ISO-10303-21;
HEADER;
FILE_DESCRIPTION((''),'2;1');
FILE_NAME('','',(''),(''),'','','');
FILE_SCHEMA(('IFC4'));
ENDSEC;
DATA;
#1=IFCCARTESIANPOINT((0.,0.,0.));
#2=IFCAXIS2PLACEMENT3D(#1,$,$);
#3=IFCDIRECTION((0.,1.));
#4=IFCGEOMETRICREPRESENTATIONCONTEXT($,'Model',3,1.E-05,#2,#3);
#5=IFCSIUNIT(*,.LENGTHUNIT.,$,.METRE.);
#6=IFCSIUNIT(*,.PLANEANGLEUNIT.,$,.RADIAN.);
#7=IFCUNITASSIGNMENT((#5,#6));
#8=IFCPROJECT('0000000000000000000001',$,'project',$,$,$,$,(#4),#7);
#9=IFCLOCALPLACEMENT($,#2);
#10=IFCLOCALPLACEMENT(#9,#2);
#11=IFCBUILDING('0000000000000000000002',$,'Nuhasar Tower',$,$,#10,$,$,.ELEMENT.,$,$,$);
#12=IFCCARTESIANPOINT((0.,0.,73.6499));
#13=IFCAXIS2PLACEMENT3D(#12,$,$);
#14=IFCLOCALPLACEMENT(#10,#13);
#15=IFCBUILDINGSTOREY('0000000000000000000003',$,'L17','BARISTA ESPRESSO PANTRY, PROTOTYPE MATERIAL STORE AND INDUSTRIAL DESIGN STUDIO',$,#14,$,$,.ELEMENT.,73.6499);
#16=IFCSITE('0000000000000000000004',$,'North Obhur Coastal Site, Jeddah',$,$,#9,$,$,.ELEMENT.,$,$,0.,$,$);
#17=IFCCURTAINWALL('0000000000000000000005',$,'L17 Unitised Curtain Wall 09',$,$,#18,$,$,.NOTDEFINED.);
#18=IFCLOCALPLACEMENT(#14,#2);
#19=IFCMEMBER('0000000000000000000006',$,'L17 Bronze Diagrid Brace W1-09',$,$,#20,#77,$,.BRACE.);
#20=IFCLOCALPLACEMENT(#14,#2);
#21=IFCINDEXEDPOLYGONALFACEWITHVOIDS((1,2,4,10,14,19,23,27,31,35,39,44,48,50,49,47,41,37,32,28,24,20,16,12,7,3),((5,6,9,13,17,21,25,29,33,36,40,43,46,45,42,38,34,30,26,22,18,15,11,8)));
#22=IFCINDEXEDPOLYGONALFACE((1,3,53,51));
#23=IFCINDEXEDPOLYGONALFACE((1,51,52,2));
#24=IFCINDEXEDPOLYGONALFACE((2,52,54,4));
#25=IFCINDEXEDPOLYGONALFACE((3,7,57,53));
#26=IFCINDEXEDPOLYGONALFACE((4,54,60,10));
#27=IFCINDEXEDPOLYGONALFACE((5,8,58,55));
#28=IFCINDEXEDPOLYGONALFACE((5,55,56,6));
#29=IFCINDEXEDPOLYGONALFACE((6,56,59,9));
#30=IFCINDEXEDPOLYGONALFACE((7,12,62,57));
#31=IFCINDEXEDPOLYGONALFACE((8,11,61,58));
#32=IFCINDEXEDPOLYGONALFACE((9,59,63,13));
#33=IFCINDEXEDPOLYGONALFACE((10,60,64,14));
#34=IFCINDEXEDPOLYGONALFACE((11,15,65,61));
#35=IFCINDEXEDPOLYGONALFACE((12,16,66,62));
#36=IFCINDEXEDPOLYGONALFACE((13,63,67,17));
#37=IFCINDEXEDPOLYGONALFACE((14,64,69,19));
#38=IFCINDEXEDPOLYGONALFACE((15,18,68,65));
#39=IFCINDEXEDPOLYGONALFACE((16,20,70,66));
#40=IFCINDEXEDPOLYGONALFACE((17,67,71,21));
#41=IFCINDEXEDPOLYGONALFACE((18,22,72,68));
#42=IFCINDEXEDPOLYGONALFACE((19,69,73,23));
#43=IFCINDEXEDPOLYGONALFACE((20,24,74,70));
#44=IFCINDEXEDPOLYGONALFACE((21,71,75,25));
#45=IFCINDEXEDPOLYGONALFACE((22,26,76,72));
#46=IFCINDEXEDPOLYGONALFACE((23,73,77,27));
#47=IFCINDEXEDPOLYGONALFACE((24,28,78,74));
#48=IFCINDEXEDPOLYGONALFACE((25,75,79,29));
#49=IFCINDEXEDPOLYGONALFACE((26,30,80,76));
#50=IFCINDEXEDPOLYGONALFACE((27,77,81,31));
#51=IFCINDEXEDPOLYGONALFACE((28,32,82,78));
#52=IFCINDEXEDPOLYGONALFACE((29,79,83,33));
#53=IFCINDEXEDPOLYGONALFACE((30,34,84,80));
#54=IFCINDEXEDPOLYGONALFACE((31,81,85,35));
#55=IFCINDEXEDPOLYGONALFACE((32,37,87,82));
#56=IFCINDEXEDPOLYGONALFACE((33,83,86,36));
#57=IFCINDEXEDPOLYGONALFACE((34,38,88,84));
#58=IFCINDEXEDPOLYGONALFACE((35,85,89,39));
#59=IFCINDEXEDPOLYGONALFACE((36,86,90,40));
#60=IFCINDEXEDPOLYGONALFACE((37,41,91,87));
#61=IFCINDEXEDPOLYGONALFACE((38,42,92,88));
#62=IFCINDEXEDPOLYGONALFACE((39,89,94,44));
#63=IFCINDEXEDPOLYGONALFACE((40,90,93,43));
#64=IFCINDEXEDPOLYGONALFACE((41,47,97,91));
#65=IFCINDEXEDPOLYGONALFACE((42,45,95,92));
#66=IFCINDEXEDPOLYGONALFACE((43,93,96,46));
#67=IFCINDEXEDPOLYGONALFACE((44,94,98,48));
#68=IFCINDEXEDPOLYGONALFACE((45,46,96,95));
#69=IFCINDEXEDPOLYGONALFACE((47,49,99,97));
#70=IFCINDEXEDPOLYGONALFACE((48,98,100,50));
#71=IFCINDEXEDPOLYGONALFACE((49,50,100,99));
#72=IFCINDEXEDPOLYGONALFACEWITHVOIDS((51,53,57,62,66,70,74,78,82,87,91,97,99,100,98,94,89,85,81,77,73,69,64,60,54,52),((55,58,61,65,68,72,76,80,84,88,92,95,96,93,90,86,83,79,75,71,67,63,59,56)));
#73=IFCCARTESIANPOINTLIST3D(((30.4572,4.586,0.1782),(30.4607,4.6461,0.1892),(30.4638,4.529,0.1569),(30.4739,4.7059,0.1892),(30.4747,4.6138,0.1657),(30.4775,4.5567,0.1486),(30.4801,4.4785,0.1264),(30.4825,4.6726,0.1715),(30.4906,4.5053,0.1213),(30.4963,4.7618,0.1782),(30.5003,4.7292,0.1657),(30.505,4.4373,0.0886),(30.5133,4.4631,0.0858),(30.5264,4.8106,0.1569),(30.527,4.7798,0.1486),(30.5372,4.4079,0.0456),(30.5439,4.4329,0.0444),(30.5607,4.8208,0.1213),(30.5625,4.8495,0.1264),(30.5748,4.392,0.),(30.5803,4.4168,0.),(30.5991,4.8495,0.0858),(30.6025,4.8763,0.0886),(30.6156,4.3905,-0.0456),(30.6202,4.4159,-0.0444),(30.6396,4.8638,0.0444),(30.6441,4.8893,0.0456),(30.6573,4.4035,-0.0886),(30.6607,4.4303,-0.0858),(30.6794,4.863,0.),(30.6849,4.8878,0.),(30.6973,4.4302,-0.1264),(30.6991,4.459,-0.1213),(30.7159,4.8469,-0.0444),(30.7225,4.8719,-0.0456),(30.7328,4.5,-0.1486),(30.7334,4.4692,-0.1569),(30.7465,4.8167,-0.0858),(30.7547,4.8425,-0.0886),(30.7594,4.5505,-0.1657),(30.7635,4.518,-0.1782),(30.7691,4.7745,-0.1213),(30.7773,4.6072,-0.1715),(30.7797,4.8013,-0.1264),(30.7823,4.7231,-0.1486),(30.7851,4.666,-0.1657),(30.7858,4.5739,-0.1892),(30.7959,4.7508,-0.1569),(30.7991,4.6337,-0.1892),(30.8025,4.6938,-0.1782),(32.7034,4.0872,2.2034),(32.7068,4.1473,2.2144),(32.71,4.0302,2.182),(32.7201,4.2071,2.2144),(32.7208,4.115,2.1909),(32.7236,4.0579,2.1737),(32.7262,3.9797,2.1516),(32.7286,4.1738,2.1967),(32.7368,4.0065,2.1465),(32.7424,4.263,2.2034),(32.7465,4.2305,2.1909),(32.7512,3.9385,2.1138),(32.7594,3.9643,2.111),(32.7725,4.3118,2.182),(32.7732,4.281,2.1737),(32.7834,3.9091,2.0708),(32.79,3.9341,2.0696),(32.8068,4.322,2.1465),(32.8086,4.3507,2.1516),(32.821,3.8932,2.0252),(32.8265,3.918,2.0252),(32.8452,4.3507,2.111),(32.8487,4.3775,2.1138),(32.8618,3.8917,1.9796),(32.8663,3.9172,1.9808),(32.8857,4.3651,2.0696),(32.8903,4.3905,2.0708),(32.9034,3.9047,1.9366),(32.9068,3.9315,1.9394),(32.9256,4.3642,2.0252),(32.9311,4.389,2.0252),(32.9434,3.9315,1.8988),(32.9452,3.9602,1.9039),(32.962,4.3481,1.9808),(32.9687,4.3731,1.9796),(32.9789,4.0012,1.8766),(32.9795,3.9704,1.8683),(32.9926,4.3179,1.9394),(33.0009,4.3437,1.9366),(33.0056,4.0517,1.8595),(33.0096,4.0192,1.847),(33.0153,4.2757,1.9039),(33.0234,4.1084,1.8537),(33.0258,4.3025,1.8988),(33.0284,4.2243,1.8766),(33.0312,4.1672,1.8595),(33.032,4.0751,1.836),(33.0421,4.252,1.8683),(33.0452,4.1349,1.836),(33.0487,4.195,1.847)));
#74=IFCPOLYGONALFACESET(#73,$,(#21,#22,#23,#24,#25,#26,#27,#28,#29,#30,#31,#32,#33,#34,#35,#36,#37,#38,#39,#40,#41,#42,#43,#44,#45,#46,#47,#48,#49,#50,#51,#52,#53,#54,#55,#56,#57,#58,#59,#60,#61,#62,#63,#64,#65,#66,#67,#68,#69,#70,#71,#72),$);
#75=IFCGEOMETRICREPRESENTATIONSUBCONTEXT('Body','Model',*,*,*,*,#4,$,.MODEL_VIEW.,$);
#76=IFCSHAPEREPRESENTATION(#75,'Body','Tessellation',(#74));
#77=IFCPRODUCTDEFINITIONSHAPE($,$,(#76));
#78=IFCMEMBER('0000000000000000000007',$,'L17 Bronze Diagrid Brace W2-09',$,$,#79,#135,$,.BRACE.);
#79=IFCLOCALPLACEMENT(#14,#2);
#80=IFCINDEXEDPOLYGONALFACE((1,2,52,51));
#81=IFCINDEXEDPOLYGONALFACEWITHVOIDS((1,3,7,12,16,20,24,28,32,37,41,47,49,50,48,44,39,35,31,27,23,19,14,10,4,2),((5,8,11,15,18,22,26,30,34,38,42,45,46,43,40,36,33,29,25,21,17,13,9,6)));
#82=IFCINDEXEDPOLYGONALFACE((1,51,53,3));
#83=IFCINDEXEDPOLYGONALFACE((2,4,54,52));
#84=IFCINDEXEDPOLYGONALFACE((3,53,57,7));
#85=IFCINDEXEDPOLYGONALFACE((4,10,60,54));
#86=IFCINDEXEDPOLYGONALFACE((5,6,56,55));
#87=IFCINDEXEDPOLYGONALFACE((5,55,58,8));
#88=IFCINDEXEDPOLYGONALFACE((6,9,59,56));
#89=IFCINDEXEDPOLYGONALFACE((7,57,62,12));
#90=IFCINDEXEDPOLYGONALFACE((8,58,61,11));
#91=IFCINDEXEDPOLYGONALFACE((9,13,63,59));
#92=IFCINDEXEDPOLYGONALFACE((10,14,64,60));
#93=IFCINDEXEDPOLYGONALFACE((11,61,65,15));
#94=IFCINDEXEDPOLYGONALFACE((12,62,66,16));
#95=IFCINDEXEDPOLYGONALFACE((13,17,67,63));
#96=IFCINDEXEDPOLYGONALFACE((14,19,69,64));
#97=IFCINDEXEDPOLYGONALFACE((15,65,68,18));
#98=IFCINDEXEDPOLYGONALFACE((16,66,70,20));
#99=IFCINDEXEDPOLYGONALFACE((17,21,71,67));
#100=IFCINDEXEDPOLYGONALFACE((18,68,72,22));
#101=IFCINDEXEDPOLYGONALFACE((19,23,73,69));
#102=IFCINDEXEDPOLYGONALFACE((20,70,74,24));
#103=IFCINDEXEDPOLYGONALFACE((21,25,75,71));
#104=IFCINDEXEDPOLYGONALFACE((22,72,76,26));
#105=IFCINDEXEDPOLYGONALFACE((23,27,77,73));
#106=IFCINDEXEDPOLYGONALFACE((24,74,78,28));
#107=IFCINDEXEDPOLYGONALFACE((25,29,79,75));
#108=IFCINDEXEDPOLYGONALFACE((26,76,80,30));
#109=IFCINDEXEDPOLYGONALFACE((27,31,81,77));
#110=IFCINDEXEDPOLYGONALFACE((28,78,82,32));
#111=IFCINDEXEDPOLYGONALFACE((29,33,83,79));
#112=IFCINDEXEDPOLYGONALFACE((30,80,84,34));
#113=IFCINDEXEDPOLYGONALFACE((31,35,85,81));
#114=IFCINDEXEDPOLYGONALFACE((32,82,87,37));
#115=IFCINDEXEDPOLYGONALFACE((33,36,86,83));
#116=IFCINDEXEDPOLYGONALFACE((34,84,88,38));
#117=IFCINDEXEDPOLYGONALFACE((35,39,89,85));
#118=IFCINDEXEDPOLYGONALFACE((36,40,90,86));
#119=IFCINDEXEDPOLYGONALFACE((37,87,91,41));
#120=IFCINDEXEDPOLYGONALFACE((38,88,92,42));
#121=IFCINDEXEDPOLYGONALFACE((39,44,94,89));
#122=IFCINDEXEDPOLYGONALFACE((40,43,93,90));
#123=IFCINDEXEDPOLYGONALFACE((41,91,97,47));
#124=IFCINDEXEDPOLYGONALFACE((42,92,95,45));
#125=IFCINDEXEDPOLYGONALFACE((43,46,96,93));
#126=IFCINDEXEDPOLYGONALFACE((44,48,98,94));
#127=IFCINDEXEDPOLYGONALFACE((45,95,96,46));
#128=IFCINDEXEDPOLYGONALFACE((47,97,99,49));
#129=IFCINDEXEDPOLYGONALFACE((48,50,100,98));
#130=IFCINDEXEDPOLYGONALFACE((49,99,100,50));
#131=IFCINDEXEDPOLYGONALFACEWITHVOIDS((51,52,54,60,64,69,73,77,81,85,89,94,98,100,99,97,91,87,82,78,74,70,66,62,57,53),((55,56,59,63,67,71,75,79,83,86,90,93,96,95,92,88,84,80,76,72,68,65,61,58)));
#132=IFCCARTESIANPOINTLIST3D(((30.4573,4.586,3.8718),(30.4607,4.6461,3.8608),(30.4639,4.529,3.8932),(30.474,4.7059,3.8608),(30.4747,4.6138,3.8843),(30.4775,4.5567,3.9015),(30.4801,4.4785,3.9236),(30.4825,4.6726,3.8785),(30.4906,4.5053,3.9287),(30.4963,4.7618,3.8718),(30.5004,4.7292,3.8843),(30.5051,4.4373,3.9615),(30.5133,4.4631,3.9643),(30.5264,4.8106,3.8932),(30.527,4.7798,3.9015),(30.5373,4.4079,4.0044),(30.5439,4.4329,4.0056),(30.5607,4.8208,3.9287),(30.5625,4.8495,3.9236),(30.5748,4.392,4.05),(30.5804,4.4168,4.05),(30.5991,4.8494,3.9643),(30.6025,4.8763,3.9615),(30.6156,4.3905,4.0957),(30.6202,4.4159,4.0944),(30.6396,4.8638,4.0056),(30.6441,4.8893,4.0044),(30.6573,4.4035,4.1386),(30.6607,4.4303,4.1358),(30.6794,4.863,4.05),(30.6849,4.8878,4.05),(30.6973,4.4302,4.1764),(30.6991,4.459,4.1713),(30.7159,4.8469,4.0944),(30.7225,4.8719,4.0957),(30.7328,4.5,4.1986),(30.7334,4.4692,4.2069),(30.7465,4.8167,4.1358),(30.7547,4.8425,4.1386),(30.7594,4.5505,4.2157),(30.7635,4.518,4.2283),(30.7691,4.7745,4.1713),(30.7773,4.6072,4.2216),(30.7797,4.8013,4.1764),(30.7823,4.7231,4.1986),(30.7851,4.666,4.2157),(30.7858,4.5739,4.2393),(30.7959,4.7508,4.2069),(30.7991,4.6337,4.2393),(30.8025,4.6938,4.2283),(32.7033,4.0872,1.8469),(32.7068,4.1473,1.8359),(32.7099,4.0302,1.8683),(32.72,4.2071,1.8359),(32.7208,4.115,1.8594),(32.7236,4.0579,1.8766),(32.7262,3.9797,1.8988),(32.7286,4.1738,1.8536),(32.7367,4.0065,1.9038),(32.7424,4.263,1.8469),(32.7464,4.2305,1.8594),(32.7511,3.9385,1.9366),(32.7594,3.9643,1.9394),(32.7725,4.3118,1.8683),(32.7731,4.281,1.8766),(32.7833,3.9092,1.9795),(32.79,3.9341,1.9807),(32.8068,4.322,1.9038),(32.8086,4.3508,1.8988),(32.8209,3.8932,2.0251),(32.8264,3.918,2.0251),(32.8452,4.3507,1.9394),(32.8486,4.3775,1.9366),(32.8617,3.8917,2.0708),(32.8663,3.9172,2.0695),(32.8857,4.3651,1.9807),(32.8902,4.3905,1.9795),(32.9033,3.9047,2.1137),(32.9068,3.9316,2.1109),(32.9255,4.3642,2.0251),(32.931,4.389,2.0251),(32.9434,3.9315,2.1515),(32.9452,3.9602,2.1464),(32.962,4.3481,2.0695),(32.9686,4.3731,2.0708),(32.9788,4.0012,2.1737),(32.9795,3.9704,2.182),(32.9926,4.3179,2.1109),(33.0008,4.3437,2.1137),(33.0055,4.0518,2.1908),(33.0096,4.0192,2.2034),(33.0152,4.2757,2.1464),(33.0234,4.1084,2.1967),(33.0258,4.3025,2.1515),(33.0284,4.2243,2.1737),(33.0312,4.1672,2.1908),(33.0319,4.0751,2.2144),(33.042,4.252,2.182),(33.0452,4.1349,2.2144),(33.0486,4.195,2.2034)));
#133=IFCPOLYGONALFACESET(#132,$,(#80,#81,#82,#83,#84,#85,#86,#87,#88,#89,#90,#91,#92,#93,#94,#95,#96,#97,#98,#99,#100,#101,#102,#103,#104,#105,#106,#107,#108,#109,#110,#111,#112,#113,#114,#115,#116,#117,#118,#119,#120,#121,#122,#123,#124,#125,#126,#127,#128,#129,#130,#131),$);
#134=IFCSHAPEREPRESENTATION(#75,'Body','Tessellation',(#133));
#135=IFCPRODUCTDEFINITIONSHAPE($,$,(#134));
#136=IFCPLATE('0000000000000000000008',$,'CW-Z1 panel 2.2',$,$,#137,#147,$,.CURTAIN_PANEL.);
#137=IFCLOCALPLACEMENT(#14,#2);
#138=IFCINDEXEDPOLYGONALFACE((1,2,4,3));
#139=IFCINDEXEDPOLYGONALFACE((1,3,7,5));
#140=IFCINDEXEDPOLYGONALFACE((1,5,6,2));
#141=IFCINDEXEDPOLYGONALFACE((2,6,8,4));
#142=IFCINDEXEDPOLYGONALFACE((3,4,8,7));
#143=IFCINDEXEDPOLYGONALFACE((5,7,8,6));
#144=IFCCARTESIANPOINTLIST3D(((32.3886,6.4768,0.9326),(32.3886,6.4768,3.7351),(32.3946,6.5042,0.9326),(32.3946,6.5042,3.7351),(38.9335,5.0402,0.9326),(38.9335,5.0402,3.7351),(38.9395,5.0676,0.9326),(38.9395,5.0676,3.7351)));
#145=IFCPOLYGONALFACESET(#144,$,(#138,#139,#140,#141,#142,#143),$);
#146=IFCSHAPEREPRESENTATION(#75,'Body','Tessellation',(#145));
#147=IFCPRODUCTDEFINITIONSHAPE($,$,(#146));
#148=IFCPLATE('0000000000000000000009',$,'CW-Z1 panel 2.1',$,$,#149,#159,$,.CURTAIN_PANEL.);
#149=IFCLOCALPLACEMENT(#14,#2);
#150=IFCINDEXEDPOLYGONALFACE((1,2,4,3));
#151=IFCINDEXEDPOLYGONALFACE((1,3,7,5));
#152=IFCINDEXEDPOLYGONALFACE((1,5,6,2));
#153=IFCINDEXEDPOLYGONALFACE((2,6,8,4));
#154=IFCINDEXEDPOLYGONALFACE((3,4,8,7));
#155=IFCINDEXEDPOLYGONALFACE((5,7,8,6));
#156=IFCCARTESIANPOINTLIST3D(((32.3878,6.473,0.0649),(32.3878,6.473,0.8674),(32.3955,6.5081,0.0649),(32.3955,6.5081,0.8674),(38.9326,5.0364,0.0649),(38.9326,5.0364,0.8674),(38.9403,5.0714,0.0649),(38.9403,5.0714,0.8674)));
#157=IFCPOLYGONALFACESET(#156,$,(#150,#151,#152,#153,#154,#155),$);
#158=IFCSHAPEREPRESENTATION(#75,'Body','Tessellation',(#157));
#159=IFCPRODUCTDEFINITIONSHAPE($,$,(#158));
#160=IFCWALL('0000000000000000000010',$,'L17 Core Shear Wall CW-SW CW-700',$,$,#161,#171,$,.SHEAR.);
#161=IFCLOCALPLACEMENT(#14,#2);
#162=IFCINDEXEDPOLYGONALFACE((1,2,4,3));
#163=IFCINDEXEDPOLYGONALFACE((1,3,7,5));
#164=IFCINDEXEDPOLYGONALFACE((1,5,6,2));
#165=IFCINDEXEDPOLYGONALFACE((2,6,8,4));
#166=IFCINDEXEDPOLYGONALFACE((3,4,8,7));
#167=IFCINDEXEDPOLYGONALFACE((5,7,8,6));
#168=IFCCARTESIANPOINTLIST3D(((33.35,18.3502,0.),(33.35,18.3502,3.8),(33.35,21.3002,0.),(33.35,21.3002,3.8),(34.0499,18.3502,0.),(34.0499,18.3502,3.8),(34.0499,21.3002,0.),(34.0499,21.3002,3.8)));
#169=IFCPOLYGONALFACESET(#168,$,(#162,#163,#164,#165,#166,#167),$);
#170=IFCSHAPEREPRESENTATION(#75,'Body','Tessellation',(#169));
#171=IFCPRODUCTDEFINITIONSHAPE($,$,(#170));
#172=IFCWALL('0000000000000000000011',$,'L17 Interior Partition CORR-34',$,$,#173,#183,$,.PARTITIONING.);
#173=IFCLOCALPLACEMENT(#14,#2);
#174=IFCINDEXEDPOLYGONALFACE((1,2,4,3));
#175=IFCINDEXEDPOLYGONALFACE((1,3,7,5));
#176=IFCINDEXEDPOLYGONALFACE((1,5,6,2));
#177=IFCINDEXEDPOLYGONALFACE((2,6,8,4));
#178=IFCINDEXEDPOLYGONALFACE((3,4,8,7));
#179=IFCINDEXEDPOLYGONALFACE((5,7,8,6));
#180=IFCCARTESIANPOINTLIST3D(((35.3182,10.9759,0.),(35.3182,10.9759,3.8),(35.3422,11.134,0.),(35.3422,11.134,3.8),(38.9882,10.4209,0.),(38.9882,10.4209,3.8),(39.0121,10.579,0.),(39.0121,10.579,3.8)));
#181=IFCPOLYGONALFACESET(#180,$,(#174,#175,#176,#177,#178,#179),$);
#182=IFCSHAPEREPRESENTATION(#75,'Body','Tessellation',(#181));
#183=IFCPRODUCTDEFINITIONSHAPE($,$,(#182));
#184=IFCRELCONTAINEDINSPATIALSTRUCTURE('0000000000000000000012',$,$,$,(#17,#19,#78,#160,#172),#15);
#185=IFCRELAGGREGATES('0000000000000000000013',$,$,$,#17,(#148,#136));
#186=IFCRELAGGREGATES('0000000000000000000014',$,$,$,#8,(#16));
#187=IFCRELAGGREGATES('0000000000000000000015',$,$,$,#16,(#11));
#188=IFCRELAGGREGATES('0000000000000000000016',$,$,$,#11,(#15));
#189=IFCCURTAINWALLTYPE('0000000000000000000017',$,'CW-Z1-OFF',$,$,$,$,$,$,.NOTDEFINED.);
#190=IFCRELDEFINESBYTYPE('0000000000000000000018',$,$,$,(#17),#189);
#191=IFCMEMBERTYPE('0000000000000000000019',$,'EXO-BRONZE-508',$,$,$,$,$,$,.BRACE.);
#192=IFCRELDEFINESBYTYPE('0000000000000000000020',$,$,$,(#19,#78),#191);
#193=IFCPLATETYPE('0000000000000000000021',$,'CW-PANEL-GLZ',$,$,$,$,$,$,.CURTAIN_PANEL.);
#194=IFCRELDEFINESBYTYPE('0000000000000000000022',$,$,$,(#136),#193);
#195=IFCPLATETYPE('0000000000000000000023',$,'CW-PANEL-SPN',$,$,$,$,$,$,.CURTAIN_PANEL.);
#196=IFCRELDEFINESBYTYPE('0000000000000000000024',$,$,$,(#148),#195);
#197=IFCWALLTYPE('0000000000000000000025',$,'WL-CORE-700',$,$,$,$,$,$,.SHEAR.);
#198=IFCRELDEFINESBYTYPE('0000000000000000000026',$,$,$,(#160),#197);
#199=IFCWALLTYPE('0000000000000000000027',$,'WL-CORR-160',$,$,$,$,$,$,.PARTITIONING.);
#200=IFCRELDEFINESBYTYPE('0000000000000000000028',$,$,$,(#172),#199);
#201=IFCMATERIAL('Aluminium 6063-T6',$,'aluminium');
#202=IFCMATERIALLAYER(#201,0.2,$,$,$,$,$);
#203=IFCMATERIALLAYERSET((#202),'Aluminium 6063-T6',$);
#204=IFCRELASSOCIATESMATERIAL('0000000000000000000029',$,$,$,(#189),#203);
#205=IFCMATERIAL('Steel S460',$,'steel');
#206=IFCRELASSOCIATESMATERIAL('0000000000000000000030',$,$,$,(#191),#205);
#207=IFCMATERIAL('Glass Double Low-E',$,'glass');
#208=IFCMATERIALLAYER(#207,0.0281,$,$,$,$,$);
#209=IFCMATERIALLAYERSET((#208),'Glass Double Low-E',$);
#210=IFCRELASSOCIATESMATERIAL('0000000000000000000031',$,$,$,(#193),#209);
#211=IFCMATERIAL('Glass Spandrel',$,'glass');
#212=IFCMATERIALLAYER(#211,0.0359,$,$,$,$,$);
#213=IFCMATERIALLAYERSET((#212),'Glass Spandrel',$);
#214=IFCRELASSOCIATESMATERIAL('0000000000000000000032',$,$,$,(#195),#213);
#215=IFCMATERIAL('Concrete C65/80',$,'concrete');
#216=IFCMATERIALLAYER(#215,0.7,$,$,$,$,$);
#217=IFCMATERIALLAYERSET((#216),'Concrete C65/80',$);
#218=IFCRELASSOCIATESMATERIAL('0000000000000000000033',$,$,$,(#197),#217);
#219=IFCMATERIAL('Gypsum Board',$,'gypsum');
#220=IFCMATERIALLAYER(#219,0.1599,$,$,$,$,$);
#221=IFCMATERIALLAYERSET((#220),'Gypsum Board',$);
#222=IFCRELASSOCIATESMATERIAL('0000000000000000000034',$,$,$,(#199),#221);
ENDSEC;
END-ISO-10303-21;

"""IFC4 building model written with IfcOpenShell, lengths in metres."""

from ifc_helpers import new_model, si_unit, direction, frame, frame_2d, origin, origin_2d, place, context, subcontext, project, spatial, rectangle, hollow_circle, extrude, material, layer, layer_set, material_profile, profile_set, type_object, element, aggregate, save


model = new_model("IFC4")

# Units and contexts
model_context = context("Model", 3, precision=1e-05, world=origin(), true_north=direction((0.0, 1.0)))
body_context = subcontext(model_context, "Body", "Model", "MODEL_VIEW")
ifc_project = project(units=[si_unit("LENGTHUNIT", "METRE"), si_unit("PLANEANGLEUNIT", "RADIAN")], contexts=[model_context])

# Site, building, storey
site_placement = place(None, origin())
site = spatial("IfcSite", under=ifc_project, at=site_placement, Name="North Obhur Coastal Site, Jeddah", CompositionType="ELEMENT", RefElevation=0.0)
building_placement = place(site_placement, origin())
building = spatial("IfcBuilding", under=site, at=building_placement, Name="Nuhasar Tower", CompositionType="ELEMENT")
storey_placement = place(building_placement, frame((0.0, 0.0, 73.6499)))
storey = spatial("IfcBuildingStorey", under=building, at=storey_placement, Name="L17", Description="BARISTA ESPRESSO PANTRY, PROTOTYPE MATERIAL STORE AND INDUSTRIAL DESIGN STUDIO", CompositionType="ELEMENT", Elevation=73.6499)

# Curtain wall
ifc_material_1 = material(Name="Aluminium 6063-T6", Category="aluminium")
ifc_layer_1 = layer(ifc_material_1, 0.2)
ifc_layer_set_1 = layer_set([ifc_layer_1], Name="Aluminium 6063-T6")
curtain_wall_type = type_object("IfcCurtainWallType", Name="CW-Z1-OFF", PredefinedType="NOTDEFINED", material=ifc_layer_set_1)
curtain_wall_placement = place(storey_placement, origin())
curtain_wall = element("IfcCurtainWall", 1, at=curtain_wall_placement, inside=storey, type_object=curtain_wall_type, Name="L17 Unitised Curtain Wall 09", PredefinedType="NOTDEFINED")

# Members
ifc_material_2 = material(Name="Steel S460", Category="steel")
ifc_material_profile_1 = material_profile(ifc_material_2, hollow_circle(Radius=0.2539, WallThickness=0.0254, at=origin_2d()), Name="HSS508X25.4")
ifc_profile_set_1 = profile_set([ifc_material_profile_1], Name="Steel S460")
member_type_1 = type_object("IfcMemberType", Name="EXO-BRONZE-508", PredefinedType="BRACE", material=ifc_profile_set_1)
member_1_placement = place(storey_placement, frame((30.6299, 4.6399, 0.0), z_axis=(0.732792, -0.162728, 0.660708), x_axis=(0.216784, 0.97622, 0.0)))
element("IfcMember", 2, at=member_1_placement, inside=storey, type_object=member_type_1, Name="L17 Bronze Diagrid Brace W1-09", PredefinedType="BRACE", context=body_context, shape_type="SweptSolid", body=[
    extrude(hollow_circle(Radius=0.2539, WallThickness=0.0254, at=origin_2d()), origin(), (0.0, 0.0, 1.0), 3.0652),
])
member_2_placement = place(storey_placement, frame((32.876, 4.1411, 2.0251), z_axis=(-0.732831, 0.162736, 0.660663), x_axis=(-0.216784, -0.97622, 0.0)))
element("IfcMember", 3, at=member_2_placement, inside=storey, type_object=member_type_1, Name="L17 Bronze Diagrid Brace W2-09", PredefinedType="BRACE", context=body_context, shape_type="SweptSolid", body=[
    extrude(hollow_circle(Radius=0.2539, WallThickness=0.0254, at=origin_2d()), origin(), (0.0, 0.0, 1.0), 3.0649),
])

# Plates
ifc_material_3 = material(Name="Glass Double Low-E", Category="glass")
ifc_layer_2 = layer(ifc_material_3, 0.0281)
ifc_layer_set_2 = layer_set([ifc_layer_2], Name="Glass Double Low-E")
plate_type_1 = type_object("IfcPlateType", Name="CW-PANEL-GLZ", PredefinedType="CURTAIN_PANEL", material=ifc_layer_set_2)
plate_1_placement = place(storey_placement, frame((35.6641, 5.7722, 0.9326), z_axis=(0.0, 0.0, 1.0), x_axis=(0.976746, -0.214399, 0.0)))
plate_1 = element("IfcPlate", 4, at=plate_1_placement, type_object=plate_type_1, Name="CW-Z1 panel 2.2", PredefinedType="CURTAIN_PANEL", context=body_context, shape_type="SweptSolid", body=[
    extrude(rectangle(XDim=6.7007, YDim=0.0281, at=origin_2d()), origin(), (0.0, 0.0, 1.0), 2.8025),
])
ifc_material_4 = material(Name="Glass Spandrel", Category="glass")
ifc_layer_3 = layer(ifc_material_4, 0.0359)
ifc_layer_set_3 = layer_set([ifc_layer_3], Name="Glass Spandrel")
plate_type_2 = type_object("IfcPlateType", Name="CW-PANEL-SPN", PredefinedType="CURTAIN_PANEL", material=ifc_layer_set_3)
plate_2_placement = place(storey_placement, frame((35.6641, 5.7722, 0.0649), z_axis=(0.0, 0.0, 1.0), x_axis=(0.976746, -0.214399, 0.0)))
plate_2 = element("IfcPlate", 5, at=plate_2_placement, type_object=plate_type_2, Name="CW-Z1 panel 2.1", PredefinedType="CURTAIN_PANEL", context=body_context, shape_type="SweptSolid", body=[
    extrude(rectangle(XDim=6.7007, YDim=0.0359, at=origin_2d()), origin(), (0.0, 0.0, 1.0), 0.8025),
])
aggregate(curtain_wall, [plate_2, plate_1])

# Walls
ifc_material_5 = material(Name="Concrete C65/80", Category="concrete")
ifc_layer_4 = layer(ifc_material_5, 0.7)
ifc_layer_set_4 = layer_set([ifc_layer_4], Name="Concrete C65/80")
wall_type_1 = type_object("IfcWallType", Name="WL-CORE-700", PredefinedType="SHEAR", material=ifc_layer_set_4)
wall_1_placement = place(storey_placement, frame((33.7, 18.3501, 0.0), z_axis=(0.0, 0.0, 1.0), x_axis=(0.0, 1.0, 0.0)))
element("IfcWall", 6, at=wall_1_placement, inside=storey, type_object=wall_type_1, Name="L17 Core Shear Wall CW-SW CW-700", PredefinedType="SHEAR", context=body_context, shape_type="SweptSolid", body=[
    extrude(rectangle(XDim=2.95, YDim=0.7, at=frame_2d((1.4751, 0.0))), origin(), (0.0, 0.0, 1.0), 3.8),
])
ifc_material_6 = material(Name="Gypsum Board", Category="gypsum")
ifc_layer_5 = layer(ifc_material_6, 0.1599)
ifc_layer_set_5 = layer_set([ifc_layer_5], Name="Gypsum Board")
wall_type_2 = type_object("IfcWallType", Name="WL-CORR-160", PredefinedType="PARTITIONING", material=ifc_layer_set_5)
wall_2_placement = place(storey_placement, frame((35.3301, 11.0549, 0.0), z_axis=(0.0, 0.0, 1.0), x_axis=(0.98876, -0.149511, 0.0)))
element("IfcWall", 7, at=wall_2_placement, inside=storey, type_object=wall_type_2, Name="L17 Interior Partition CORR-34", PredefinedType="PARTITIONING", context=body_context, shape_type="SweptSolid", body=[
    extrude(rectangle(XDim=3.7117, YDim=0.1599, at=frame_2d((1.856, 0.0))), origin(), (0.0, 0.0, 1.0), 3.8),
])

save(model, "model.ifc")
